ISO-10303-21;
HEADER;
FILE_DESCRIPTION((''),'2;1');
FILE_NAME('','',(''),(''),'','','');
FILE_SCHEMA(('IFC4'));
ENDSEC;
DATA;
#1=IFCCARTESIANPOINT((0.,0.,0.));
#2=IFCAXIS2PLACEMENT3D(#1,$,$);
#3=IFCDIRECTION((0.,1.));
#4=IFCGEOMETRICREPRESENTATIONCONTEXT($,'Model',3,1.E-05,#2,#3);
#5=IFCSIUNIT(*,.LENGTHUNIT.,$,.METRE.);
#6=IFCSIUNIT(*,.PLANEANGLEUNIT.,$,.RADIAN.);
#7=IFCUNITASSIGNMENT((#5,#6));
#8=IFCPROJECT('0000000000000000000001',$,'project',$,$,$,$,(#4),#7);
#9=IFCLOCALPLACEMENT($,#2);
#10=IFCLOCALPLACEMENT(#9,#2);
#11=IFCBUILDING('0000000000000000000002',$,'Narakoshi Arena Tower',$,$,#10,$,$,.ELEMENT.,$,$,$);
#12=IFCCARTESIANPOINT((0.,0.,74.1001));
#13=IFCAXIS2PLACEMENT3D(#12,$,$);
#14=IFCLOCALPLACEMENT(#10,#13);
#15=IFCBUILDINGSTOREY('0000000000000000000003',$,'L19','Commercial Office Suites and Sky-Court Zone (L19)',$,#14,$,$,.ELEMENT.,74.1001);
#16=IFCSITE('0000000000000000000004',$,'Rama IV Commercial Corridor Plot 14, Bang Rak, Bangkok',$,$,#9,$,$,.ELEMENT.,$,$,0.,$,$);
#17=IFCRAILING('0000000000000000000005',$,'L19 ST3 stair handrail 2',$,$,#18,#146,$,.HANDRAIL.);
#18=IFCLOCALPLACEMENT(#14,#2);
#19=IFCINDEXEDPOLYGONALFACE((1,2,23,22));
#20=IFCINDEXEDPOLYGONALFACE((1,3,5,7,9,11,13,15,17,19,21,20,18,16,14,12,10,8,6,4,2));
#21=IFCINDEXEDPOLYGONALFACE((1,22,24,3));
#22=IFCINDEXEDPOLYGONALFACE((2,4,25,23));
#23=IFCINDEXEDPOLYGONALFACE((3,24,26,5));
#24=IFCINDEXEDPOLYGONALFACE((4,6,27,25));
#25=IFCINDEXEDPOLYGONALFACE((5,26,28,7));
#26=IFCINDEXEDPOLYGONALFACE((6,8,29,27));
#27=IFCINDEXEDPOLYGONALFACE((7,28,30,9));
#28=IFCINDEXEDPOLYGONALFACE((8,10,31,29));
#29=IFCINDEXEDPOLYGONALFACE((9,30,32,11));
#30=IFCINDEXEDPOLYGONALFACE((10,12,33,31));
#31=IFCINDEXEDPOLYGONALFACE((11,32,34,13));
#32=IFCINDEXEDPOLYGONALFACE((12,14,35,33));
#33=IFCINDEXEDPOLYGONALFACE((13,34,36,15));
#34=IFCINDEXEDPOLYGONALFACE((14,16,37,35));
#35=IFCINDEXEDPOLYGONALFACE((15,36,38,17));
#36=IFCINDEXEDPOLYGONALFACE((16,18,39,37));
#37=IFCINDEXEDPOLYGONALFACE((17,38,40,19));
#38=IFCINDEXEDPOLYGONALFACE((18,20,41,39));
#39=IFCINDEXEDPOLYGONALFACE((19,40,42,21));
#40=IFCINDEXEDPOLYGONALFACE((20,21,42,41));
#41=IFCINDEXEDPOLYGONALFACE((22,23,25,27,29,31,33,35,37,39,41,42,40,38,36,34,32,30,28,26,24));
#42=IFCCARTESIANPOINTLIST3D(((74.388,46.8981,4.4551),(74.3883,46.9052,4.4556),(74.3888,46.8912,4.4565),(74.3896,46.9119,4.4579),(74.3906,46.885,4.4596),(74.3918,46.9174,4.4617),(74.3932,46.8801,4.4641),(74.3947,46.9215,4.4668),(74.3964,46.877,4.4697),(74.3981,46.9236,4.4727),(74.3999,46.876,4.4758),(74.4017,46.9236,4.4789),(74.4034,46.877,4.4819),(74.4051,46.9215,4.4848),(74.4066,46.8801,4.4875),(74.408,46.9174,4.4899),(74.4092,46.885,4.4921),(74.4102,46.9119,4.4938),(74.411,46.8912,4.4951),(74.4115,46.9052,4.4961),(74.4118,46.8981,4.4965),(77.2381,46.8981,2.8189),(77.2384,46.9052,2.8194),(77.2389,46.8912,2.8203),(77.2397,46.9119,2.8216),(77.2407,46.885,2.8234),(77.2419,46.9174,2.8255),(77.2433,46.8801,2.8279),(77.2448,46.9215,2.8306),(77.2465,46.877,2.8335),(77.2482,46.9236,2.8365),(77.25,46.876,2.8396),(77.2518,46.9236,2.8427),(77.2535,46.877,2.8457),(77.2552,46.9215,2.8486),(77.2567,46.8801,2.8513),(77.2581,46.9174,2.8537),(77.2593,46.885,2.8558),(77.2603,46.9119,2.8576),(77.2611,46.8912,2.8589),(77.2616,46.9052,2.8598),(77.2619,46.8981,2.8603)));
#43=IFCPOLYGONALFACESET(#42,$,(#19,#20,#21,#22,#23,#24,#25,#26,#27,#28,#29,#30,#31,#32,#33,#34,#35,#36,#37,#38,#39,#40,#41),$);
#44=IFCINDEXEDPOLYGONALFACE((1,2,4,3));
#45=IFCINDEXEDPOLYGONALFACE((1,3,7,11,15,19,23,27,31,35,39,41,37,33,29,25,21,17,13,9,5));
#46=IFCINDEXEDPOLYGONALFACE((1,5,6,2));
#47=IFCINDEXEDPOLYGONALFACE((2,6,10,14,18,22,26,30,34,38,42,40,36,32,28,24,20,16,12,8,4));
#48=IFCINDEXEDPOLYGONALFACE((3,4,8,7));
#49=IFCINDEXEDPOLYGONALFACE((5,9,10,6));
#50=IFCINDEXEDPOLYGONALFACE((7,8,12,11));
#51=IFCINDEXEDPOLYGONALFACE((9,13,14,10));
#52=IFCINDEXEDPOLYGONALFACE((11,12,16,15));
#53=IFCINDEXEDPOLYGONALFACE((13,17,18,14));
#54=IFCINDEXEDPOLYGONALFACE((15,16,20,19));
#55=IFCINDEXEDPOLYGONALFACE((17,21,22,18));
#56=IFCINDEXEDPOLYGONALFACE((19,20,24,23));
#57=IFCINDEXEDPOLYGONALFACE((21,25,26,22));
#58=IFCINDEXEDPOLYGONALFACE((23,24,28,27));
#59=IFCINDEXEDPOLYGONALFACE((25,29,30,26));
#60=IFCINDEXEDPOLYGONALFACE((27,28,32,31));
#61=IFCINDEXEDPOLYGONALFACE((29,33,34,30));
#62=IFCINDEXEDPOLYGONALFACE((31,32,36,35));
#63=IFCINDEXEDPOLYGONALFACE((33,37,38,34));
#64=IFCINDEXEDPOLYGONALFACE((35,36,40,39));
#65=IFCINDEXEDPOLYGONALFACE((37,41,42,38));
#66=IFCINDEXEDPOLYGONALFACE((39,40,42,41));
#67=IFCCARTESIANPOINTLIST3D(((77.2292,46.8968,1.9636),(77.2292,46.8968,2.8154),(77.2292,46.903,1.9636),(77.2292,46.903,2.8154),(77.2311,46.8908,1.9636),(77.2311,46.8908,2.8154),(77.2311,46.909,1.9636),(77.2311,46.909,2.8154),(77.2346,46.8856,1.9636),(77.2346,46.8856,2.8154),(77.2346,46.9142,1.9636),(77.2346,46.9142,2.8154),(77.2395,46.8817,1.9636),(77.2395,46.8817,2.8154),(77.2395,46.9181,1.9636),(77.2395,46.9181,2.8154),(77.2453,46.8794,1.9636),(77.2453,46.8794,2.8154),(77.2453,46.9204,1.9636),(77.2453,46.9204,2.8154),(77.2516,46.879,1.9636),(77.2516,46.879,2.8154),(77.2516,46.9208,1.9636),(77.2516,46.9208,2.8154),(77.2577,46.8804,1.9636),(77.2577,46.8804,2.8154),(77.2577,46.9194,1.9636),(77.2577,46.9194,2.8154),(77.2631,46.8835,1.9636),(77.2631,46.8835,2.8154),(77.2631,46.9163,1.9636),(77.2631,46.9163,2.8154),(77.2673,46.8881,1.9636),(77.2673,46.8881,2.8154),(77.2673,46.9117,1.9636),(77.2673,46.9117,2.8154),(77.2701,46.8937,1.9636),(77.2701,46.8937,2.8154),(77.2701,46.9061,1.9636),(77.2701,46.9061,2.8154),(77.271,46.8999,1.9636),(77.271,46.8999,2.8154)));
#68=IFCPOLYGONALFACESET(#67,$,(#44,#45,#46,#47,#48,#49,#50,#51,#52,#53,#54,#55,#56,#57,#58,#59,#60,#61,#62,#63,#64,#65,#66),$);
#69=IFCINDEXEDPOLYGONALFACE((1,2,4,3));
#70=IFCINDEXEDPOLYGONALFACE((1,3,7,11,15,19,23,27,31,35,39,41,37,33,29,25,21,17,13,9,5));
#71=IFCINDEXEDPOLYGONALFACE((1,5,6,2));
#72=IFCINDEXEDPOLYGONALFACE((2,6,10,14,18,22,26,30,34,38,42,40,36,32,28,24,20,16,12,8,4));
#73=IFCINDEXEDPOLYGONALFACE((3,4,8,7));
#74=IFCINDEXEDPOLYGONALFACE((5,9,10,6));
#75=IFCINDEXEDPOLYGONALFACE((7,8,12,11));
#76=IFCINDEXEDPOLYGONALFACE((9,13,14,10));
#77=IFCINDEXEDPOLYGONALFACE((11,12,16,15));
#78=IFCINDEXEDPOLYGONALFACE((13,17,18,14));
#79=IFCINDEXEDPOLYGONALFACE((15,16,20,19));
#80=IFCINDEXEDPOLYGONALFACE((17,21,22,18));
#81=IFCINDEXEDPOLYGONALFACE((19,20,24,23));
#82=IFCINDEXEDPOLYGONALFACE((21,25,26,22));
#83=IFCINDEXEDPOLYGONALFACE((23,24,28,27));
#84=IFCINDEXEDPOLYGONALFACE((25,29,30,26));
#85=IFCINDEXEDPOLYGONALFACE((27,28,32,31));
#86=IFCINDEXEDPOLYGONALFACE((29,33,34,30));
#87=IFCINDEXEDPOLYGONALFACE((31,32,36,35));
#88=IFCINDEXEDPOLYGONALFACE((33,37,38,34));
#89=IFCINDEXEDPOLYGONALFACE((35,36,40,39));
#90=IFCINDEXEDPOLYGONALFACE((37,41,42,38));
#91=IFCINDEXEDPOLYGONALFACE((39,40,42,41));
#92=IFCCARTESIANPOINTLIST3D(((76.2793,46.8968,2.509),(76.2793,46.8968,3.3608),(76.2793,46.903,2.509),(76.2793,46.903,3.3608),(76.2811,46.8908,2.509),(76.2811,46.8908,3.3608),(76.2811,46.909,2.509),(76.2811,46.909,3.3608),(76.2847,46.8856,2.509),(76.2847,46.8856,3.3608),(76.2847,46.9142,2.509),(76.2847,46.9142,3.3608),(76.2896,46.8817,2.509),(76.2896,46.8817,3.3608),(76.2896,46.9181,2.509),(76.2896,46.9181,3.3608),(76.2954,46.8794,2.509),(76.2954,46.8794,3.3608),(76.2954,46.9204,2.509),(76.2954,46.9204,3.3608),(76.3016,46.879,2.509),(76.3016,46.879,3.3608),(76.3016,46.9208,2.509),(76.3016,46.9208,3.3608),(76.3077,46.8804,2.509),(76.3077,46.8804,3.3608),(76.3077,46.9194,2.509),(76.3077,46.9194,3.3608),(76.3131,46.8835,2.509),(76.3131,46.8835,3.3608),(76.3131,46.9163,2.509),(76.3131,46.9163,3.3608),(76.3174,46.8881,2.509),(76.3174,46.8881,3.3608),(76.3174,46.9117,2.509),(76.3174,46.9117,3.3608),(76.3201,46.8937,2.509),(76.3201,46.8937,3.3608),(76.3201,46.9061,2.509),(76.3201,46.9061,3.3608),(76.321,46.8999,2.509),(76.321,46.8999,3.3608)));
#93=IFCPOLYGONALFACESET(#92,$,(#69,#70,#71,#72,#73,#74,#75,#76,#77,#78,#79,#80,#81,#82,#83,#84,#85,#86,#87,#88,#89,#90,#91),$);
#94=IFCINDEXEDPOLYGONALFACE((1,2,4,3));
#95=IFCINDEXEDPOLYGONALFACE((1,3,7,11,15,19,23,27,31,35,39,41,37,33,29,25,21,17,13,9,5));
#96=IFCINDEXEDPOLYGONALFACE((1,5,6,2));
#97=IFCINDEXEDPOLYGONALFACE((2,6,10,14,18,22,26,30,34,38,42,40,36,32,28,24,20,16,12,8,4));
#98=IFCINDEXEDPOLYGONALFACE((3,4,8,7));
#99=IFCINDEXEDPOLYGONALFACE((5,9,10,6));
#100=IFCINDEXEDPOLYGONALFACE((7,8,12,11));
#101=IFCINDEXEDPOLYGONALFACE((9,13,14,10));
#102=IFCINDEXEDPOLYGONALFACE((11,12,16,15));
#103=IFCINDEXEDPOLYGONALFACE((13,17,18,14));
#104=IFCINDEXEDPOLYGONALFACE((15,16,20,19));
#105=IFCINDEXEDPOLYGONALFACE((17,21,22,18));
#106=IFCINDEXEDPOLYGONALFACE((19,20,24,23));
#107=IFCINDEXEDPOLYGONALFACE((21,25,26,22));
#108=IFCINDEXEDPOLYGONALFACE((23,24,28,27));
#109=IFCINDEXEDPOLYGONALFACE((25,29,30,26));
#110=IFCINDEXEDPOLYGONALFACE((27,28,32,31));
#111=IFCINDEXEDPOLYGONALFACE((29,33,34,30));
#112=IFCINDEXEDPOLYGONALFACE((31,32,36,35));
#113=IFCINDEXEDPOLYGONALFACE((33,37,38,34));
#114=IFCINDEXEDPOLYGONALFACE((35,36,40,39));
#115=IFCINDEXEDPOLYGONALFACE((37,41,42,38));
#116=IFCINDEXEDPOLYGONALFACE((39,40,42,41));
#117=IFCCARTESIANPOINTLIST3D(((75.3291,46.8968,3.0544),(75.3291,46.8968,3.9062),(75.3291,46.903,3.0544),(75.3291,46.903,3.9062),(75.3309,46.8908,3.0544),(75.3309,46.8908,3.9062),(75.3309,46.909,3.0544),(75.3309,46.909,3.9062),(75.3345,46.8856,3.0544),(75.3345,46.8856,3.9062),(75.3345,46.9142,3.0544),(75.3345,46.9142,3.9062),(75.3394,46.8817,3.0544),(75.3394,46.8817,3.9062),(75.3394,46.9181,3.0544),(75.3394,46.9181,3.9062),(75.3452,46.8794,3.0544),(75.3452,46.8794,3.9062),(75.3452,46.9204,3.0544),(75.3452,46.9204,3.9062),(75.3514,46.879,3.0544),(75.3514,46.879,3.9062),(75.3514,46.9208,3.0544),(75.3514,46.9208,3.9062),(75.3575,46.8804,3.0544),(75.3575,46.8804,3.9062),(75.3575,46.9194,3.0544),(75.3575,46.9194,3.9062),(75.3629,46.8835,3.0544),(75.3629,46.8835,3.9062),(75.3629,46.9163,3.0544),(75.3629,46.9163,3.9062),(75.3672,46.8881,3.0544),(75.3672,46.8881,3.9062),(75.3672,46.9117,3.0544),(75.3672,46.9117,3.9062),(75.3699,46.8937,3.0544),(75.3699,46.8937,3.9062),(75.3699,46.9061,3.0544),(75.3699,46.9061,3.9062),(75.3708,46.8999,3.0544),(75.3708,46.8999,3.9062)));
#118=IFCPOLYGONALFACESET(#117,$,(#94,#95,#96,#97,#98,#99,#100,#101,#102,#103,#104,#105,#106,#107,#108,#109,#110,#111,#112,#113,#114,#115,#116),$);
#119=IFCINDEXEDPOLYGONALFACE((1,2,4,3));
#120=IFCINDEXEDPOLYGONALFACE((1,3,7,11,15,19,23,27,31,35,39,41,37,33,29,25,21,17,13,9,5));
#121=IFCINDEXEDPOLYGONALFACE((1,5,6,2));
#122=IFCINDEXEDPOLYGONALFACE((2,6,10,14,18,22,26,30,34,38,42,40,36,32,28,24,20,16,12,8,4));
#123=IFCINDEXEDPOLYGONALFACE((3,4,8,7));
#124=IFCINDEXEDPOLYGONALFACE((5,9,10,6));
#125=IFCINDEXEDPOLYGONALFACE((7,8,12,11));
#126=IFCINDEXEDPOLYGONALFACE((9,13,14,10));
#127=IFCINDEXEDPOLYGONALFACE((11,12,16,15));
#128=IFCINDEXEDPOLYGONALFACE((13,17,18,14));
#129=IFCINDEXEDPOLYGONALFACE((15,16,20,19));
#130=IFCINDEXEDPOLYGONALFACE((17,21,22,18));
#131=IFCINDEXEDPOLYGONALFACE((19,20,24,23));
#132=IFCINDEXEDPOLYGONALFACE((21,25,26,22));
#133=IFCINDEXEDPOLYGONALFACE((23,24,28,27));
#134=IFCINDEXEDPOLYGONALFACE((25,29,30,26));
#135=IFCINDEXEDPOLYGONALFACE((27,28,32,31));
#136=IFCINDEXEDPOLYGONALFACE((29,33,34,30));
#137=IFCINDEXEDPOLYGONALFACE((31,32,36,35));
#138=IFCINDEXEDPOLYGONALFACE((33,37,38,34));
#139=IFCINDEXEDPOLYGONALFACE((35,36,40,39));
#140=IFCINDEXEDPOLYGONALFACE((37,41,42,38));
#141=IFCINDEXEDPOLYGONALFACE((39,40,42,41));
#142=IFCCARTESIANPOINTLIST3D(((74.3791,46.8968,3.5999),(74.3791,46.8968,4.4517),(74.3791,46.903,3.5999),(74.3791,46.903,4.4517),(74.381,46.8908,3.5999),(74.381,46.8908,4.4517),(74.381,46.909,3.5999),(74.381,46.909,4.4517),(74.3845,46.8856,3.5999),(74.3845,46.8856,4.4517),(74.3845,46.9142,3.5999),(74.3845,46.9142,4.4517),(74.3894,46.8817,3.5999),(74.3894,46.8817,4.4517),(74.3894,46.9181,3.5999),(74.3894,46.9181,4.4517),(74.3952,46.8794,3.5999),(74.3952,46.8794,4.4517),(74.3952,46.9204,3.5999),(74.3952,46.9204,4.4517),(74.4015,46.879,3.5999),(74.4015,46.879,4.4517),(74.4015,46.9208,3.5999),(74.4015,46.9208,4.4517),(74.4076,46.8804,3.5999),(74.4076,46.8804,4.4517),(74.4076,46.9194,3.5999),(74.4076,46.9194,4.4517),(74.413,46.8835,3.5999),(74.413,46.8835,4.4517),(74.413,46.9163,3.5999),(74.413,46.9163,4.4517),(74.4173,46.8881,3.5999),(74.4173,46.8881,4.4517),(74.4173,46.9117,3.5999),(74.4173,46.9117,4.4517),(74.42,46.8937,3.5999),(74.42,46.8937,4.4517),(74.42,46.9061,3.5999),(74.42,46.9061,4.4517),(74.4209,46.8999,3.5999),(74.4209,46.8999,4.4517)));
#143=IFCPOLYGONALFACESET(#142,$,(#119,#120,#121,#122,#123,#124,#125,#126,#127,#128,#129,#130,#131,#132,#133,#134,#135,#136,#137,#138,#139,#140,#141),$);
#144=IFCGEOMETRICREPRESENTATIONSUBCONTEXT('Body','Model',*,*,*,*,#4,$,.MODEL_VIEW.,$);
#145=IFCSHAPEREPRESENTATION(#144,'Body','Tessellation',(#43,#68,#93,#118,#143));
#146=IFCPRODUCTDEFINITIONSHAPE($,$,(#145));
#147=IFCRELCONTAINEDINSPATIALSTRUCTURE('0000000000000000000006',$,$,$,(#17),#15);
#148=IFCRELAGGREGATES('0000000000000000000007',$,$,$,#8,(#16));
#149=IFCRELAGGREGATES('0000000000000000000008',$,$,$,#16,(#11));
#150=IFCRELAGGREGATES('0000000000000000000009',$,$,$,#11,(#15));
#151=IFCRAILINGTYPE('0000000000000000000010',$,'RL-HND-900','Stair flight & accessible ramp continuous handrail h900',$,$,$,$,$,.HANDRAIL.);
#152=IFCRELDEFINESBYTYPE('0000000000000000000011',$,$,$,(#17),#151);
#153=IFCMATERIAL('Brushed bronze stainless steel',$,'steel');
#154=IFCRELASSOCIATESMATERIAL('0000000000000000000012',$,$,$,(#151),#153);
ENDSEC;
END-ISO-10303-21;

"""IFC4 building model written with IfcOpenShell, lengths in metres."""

from ifc_helpers import new_model, si_unit, direction, frame, origin, origin_2d, place, context, subcontext, project, spatial, circle, extrude, material, type_object, element, save


model = new_model("IFC4")

# Units and contexts
model_context = context("Model", 3, precision=1e-05, world=origin(), true_north=direction((0.0, 1.0)))
body_context = subcontext(model_context, "Body", "Model", "MODEL_VIEW")
ifc_project = project(units=[si_unit("LENGTHUNIT", "METRE"), si_unit("PLANEANGLEUNIT", "RADIAN")], contexts=[model_context])

# Site, building, storey
site_placement = place(None, origin())
site = spatial("IfcSite", under=ifc_project, at=site_placement, Name="Rama IV Commercial Corridor Plot 14, Bang Rak, Bangkok", CompositionType="ELEMENT", RefElevation=0.0)
building_placement = place(site_placement, origin())
building = spatial("IfcBuilding", under=site, at=building_placement, Name="Narakoshi Arena Tower", CompositionType="ELEMENT")
storey_placement = place(building_placement, frame((0.0, 0.0, 74.1001)))
storey = spatial("IfcBuildingStorey", under=building, at=storey_placement, Name="L19", Description="Commercial Office Suites and Sky-Court Zone (L19)", CompositionType="ELEMENT", Elevation=74.1001)

# Shared definitions
ifc_material_1 = material(Name="Brushed bronze stainless steel", Category="steel")

# Railing
railing_type_1 = type_object("IfcRailingType", Name="RL-HND-900", Description="Stair flight & accessible ramp continuous handrail h900", PredefinedType="HANDRAIL", material=ifc_material_1)
railing_1_placement = place(storey_placement, frame((77.25, 46.8999, 1.9636)))
element("IfcRailing", 1, at=railing_1_placement, inside=storey, type_object=railing_type_1, Name="L19 ST3 stair handrail 2", PredefinedType="HANDRAIL", context=body_context, shape_type="SweptSolid", body=[
    extrude(circle(Radius=0.0239, at=origin_2d()), frame((0.0, 0.0, 0.876), z_axis=(-0.867245, 0.0, 0.497882), x_axis=(0.0, -1.0, 0.0)), (0.0, 0.0, 1.0), 3.2864),
    extrude(circle(Radius=0.021, at=origin_2d()), origin(), (0.0, 0.0, 1.0), 0.8518),
    extrude(circle(Radius=0.021, at=origin_2d()), frame((-0.95, 0.0, 0.5454)), (0.0, 0.0, 1.0), 0.8518),
    extrude(circle(Radius=0.021, at=origin_2d()), frame((-1.9001, 0.0, 1.0908)), (0.0, 0.0, 1.0), 0.8518),
    extrude(circle(Radius=0.021, at=origin_2d()), frame((-2.8501, 0.0, 1.6362)), (0.0, 0.0, 1.0), 0.8518),
])

save(model, "model.ifc")
